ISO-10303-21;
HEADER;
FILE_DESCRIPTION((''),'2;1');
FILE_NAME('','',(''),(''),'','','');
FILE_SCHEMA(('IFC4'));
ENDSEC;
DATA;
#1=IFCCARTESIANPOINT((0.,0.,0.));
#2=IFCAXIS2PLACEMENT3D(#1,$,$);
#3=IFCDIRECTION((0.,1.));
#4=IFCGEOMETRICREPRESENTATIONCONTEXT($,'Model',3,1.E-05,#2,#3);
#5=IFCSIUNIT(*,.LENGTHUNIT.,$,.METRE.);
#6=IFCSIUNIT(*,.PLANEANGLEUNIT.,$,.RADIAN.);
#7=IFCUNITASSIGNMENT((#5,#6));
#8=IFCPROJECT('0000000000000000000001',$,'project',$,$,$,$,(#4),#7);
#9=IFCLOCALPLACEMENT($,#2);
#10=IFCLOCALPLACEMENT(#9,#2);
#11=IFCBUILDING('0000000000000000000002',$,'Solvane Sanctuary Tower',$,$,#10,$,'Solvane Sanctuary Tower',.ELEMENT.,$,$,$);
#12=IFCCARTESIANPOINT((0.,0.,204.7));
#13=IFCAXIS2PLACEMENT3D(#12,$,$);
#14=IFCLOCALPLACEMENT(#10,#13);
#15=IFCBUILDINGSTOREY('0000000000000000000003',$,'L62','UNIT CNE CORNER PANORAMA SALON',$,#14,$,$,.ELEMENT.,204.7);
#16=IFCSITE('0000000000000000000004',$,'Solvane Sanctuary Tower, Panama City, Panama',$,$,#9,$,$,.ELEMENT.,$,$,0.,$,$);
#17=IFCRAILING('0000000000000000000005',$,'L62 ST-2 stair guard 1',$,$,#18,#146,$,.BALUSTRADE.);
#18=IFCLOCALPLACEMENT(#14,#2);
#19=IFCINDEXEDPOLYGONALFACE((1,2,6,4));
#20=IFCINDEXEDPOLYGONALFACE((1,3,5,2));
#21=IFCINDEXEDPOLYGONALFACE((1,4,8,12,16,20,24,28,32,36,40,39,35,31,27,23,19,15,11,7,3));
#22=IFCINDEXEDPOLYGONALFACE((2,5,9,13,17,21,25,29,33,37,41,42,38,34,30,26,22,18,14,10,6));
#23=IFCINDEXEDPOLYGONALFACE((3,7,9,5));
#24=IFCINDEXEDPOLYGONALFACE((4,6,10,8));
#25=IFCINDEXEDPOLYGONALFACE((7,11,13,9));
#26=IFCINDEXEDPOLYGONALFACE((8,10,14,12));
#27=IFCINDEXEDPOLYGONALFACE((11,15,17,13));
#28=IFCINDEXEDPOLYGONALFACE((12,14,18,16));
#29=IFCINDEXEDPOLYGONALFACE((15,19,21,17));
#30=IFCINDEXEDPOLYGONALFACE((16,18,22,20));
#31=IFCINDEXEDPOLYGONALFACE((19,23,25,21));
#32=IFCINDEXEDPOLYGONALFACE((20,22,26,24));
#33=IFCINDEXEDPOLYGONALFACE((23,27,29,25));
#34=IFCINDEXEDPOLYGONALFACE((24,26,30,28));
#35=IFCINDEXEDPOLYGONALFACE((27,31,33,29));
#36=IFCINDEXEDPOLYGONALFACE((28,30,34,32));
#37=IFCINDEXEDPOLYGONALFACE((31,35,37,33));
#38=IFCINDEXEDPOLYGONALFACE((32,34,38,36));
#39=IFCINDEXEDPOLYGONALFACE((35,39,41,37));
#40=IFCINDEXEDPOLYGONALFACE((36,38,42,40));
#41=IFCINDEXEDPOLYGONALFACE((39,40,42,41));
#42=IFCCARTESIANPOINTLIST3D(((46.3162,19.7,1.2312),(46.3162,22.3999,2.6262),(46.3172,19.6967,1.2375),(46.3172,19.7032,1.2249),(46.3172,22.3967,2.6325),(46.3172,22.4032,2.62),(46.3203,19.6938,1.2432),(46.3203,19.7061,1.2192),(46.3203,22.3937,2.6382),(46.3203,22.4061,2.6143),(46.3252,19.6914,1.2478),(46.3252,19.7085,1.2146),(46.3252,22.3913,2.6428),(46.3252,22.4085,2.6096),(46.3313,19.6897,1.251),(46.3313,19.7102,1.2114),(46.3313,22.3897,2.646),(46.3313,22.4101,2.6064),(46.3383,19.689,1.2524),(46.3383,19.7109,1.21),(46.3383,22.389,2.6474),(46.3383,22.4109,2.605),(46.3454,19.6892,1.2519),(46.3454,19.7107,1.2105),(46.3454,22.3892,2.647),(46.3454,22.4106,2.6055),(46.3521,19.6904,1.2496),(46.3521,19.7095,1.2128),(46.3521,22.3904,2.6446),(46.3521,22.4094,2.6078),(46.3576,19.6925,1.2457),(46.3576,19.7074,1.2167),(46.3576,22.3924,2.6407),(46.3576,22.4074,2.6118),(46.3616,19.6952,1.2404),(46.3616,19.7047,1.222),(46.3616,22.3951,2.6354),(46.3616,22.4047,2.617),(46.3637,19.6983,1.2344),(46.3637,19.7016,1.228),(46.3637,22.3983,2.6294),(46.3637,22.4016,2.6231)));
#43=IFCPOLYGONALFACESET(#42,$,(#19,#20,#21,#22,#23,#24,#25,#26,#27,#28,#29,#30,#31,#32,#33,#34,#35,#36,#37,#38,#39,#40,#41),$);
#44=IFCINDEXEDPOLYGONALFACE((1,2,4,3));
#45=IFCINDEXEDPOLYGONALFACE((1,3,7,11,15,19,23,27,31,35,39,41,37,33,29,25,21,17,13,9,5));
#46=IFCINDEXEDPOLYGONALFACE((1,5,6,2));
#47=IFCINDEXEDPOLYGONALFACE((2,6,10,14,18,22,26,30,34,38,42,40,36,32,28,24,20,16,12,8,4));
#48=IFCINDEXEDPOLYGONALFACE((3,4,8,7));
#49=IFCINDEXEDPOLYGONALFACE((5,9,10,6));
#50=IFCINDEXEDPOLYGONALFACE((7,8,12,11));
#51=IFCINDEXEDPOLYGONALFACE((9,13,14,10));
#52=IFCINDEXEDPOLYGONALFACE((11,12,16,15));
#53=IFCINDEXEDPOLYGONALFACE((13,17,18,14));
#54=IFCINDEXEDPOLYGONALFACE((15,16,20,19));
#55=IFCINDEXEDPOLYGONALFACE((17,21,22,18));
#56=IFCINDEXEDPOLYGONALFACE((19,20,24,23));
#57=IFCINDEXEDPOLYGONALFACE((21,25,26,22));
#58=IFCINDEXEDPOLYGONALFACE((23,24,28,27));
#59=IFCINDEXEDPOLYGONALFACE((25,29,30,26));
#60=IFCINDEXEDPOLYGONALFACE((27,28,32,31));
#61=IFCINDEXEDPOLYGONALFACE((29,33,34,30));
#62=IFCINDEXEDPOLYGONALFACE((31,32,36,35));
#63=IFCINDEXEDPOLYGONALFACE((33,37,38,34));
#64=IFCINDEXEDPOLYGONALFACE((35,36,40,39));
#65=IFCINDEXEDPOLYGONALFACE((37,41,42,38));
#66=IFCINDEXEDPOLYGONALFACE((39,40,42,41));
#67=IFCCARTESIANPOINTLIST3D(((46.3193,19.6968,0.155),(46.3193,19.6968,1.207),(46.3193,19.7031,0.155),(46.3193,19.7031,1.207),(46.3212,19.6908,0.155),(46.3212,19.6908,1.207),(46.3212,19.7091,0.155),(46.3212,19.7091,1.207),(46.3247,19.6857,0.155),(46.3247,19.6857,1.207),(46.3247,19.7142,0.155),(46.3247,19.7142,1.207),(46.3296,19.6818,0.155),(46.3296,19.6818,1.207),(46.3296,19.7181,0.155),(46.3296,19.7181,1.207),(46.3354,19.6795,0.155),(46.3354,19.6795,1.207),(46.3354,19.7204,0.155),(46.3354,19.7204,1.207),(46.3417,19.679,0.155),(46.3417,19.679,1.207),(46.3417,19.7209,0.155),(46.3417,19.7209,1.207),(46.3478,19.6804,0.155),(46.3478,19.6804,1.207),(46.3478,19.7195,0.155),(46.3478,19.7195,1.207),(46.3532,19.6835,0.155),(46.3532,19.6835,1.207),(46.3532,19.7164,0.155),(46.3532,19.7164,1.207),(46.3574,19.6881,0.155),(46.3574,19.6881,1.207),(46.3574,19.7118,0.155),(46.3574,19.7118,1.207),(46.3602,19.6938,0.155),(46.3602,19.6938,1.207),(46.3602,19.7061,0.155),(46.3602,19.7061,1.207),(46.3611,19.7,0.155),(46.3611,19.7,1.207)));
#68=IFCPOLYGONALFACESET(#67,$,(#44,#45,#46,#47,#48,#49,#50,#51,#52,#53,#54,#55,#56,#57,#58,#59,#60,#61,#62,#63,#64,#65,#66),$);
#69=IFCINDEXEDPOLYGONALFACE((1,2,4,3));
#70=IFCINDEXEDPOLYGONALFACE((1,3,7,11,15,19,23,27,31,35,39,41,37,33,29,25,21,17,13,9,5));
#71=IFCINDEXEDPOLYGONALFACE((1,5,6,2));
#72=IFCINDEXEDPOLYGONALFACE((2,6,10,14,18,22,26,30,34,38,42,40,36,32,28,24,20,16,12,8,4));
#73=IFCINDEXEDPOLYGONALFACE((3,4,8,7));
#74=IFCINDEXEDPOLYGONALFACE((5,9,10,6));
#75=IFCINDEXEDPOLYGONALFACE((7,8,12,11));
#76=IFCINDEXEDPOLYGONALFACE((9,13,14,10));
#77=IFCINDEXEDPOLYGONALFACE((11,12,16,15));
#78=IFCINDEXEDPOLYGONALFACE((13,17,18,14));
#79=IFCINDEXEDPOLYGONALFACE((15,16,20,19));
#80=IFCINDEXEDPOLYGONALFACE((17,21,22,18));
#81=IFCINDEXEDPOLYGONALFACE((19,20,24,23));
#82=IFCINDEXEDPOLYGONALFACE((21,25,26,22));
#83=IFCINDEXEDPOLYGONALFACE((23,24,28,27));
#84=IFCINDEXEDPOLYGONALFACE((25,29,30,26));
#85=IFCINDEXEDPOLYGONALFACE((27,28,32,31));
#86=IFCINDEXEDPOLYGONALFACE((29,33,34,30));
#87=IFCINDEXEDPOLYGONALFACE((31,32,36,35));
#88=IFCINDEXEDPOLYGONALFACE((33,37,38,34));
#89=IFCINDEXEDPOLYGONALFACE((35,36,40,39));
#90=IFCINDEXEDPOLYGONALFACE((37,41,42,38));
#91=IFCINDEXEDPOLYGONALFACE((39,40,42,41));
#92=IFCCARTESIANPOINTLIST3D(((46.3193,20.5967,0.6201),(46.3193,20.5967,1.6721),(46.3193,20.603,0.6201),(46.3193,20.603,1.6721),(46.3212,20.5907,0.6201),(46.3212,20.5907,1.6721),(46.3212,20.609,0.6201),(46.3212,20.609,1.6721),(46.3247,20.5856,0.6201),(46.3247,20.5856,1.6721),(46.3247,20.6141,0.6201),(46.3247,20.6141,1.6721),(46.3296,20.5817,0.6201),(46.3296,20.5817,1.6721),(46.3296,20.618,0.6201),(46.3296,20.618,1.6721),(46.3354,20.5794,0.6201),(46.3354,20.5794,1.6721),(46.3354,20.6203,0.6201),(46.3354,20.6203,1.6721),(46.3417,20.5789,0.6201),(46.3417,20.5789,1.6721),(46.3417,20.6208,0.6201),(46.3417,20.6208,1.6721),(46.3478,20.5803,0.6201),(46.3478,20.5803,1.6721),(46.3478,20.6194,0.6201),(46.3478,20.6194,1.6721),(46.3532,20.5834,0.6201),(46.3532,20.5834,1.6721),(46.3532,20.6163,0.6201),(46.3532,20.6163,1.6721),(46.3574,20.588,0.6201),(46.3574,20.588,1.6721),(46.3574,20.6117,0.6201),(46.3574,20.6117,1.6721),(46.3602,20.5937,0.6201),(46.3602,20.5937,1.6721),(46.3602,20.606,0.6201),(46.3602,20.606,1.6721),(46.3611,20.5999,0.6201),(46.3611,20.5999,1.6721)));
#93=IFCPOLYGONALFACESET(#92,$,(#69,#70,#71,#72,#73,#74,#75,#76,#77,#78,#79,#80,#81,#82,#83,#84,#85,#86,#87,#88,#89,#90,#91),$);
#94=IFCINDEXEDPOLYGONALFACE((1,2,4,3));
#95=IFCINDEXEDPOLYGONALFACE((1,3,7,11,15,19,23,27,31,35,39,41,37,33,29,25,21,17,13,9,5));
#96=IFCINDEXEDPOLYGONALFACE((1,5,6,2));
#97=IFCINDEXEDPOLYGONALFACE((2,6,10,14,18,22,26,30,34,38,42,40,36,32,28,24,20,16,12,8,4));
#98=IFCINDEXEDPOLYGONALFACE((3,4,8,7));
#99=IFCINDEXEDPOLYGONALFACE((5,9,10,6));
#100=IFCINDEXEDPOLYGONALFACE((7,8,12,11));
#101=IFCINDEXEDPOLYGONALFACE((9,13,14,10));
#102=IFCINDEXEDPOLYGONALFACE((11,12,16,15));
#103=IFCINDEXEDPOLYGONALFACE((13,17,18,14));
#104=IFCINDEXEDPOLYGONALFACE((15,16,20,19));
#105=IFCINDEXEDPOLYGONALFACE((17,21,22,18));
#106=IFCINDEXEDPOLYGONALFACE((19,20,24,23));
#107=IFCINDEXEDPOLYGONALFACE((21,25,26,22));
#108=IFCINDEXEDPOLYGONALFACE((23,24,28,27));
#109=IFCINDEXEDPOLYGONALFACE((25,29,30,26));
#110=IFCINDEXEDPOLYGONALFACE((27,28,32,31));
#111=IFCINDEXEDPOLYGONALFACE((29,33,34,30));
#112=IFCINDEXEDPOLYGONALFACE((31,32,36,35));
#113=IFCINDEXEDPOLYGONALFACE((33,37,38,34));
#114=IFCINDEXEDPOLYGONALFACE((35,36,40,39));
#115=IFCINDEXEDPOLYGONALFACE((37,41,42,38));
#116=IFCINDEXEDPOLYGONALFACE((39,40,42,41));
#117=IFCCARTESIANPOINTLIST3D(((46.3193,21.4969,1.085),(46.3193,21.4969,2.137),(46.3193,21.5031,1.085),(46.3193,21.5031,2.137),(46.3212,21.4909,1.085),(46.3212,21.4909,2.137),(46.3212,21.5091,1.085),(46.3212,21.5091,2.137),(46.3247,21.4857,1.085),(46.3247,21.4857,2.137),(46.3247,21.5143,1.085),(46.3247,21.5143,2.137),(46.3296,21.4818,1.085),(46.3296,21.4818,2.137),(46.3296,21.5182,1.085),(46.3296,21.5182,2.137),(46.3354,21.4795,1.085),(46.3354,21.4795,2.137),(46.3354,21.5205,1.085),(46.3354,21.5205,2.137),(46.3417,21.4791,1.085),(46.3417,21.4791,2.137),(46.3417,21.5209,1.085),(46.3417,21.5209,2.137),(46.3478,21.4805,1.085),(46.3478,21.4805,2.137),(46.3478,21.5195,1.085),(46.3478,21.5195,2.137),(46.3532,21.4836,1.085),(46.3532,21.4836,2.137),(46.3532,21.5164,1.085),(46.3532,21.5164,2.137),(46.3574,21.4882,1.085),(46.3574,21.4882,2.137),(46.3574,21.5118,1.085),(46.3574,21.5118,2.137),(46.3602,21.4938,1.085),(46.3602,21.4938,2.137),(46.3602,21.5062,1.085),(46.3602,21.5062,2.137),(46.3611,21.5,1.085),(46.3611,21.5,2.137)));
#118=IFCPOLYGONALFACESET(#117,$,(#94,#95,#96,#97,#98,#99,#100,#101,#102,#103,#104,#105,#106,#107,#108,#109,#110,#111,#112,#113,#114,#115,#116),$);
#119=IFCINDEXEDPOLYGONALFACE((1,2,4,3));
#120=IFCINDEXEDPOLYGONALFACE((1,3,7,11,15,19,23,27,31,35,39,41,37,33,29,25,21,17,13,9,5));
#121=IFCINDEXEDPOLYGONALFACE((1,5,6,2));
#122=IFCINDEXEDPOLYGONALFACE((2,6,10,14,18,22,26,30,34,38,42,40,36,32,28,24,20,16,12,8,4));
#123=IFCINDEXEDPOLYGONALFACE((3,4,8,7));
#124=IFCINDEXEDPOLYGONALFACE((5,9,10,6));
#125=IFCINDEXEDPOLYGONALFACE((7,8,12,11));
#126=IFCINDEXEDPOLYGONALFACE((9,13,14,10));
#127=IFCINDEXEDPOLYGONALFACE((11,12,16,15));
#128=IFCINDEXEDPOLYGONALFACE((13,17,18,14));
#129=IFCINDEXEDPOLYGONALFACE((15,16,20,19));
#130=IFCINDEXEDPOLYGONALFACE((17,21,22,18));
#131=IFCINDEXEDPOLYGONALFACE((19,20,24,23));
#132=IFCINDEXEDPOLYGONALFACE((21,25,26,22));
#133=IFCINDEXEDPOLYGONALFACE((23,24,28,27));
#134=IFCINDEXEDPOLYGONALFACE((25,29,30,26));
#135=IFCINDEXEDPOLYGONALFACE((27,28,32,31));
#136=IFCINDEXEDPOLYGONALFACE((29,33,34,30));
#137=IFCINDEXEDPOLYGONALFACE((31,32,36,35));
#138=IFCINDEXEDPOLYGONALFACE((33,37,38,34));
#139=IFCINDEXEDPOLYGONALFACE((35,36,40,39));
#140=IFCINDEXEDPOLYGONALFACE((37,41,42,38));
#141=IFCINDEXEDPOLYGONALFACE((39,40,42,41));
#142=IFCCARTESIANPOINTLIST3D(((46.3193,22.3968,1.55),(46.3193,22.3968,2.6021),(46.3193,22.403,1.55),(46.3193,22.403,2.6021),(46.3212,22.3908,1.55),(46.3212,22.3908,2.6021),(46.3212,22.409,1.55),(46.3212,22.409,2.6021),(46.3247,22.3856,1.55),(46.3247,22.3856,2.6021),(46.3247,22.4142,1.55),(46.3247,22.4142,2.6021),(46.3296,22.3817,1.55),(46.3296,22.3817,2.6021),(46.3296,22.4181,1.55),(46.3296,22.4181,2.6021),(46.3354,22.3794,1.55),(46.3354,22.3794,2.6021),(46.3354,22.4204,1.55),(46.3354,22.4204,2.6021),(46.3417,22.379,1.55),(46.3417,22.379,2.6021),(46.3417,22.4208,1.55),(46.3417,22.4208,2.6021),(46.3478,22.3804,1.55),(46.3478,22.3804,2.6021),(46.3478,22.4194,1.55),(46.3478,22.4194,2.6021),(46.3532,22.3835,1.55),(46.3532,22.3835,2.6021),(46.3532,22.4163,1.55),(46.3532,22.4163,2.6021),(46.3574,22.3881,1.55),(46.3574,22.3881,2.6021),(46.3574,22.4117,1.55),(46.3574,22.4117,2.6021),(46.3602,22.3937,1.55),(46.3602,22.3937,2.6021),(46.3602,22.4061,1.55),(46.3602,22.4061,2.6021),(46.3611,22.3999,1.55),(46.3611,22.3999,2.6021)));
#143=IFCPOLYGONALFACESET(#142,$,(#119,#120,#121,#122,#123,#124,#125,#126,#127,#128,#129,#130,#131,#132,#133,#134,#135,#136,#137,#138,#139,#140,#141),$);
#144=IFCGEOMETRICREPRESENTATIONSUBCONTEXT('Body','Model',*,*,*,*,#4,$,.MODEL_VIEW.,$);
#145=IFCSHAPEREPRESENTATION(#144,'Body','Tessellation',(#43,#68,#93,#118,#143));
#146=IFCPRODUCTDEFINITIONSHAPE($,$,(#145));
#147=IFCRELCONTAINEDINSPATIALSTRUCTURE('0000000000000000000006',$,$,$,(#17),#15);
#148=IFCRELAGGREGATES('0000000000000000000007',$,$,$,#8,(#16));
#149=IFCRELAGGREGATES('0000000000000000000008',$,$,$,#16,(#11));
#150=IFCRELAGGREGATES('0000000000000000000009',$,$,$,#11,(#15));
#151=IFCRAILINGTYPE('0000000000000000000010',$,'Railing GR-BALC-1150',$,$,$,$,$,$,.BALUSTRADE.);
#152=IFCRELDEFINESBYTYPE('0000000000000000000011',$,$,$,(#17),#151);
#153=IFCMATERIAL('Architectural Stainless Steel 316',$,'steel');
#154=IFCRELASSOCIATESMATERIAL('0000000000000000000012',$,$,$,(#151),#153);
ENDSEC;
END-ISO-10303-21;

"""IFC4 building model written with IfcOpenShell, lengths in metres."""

from ifc_helpers import new_model, si_unit, direction, frame, origin, origin_2d, place, context, subcontext, project, spatial, circle, extrude, material, type_object, element, save


model = new_model("IFC4")

# Units and contexts
model_context = context("Model", 3, precision=1e-05, world=origin(), true_north=direction((0.0, 1.0)))
body_context = subcontext(model_context, "Body", "Model", "MODEL_VIEW")
ifc_project = project(units=[si_unit("LENGTHUNIT", "METRE"), si_unit("PLANEANGLEUNIT", "RADIAN")], contexts=[model_context])

# Site, building, storey
site_placement = place(None, origin())
site = spatial("IfcSite", under=ifc_project, at=site_placement, Name="Solvane Sanctuary Tower, Panama City, Panama", CompositionType="ELEMENT", RefElevation=0.0)
building_placement = place(site_placement, origin())
building = spatial("IfcBuilding", under=site, at=building_placement, Name="Solvane Sanctuary Tower", LongName="Solvane Sanctuary Tower", CompositionType="ELEMENT")
storey_placement = place(building_placement, frame((0.0, 0.0, 204.7)))
storey = spatial("IfcBuildingStorey", under=building, at=storey_placement, Name="L62", Description="UNIT CNE CORNER PANORAMA SALON", CompositionType="ELEMENT", Elevation=204.7)

# Shared definitions
ifc_material_1 = material(Name="Architectural Stainless Steel 316", Category="steel")

# Railing
railing_type_1 = type_object("IfcRailingType", Name="Railing GR-BALC-1150", PredefinedType="BALUSTRADE", material=ifc_material_1)
railing_1_placement = place(storey_placement, frame((46.3401, 19.7, 0.155)))
element("IfcRailing", 1, at=railing_1_placement, inside=storey, type_object=railing_type_1, Name="L62 ST-2 stair guard 1", PredefinedType="BALUSTRADE", context=body_context, shape_type="SweptSolid", body=[
    extrude(circle(Radius=0.0239, at=origin_2d()), frame((0.0, 0.0, 1.0762), z_axis=(0.0, 0.88842, 0.459032), x_axis=(-1.0, 0.0, 0.0)), (0.0, 0.0, 1.0), 3.0391),
    extrude(circle(Radius=0.021, at=origin_2d()), origin(), (0.0, 0.0, 1.0), 1.052),
    extrude(circle(Radius=0.021, at=origin_2d()), frame((0.0, 0.8999, 0.4651)), (0.0, 0.0, 1.0), 1.052),
    extrude(circle(Radius=0.021, at=origin_2d()), frame((0.0, 1.8, 0.9299)), (0.0, 0.0, 1.0), 1.052),
    extrude(circle(Radius=0.021, at=origin_2d()), frame((0.0, 2.7, 1.395)), (0.0, 0.0, 1.0), 1.052),
])

save(model, "model.ifc")
